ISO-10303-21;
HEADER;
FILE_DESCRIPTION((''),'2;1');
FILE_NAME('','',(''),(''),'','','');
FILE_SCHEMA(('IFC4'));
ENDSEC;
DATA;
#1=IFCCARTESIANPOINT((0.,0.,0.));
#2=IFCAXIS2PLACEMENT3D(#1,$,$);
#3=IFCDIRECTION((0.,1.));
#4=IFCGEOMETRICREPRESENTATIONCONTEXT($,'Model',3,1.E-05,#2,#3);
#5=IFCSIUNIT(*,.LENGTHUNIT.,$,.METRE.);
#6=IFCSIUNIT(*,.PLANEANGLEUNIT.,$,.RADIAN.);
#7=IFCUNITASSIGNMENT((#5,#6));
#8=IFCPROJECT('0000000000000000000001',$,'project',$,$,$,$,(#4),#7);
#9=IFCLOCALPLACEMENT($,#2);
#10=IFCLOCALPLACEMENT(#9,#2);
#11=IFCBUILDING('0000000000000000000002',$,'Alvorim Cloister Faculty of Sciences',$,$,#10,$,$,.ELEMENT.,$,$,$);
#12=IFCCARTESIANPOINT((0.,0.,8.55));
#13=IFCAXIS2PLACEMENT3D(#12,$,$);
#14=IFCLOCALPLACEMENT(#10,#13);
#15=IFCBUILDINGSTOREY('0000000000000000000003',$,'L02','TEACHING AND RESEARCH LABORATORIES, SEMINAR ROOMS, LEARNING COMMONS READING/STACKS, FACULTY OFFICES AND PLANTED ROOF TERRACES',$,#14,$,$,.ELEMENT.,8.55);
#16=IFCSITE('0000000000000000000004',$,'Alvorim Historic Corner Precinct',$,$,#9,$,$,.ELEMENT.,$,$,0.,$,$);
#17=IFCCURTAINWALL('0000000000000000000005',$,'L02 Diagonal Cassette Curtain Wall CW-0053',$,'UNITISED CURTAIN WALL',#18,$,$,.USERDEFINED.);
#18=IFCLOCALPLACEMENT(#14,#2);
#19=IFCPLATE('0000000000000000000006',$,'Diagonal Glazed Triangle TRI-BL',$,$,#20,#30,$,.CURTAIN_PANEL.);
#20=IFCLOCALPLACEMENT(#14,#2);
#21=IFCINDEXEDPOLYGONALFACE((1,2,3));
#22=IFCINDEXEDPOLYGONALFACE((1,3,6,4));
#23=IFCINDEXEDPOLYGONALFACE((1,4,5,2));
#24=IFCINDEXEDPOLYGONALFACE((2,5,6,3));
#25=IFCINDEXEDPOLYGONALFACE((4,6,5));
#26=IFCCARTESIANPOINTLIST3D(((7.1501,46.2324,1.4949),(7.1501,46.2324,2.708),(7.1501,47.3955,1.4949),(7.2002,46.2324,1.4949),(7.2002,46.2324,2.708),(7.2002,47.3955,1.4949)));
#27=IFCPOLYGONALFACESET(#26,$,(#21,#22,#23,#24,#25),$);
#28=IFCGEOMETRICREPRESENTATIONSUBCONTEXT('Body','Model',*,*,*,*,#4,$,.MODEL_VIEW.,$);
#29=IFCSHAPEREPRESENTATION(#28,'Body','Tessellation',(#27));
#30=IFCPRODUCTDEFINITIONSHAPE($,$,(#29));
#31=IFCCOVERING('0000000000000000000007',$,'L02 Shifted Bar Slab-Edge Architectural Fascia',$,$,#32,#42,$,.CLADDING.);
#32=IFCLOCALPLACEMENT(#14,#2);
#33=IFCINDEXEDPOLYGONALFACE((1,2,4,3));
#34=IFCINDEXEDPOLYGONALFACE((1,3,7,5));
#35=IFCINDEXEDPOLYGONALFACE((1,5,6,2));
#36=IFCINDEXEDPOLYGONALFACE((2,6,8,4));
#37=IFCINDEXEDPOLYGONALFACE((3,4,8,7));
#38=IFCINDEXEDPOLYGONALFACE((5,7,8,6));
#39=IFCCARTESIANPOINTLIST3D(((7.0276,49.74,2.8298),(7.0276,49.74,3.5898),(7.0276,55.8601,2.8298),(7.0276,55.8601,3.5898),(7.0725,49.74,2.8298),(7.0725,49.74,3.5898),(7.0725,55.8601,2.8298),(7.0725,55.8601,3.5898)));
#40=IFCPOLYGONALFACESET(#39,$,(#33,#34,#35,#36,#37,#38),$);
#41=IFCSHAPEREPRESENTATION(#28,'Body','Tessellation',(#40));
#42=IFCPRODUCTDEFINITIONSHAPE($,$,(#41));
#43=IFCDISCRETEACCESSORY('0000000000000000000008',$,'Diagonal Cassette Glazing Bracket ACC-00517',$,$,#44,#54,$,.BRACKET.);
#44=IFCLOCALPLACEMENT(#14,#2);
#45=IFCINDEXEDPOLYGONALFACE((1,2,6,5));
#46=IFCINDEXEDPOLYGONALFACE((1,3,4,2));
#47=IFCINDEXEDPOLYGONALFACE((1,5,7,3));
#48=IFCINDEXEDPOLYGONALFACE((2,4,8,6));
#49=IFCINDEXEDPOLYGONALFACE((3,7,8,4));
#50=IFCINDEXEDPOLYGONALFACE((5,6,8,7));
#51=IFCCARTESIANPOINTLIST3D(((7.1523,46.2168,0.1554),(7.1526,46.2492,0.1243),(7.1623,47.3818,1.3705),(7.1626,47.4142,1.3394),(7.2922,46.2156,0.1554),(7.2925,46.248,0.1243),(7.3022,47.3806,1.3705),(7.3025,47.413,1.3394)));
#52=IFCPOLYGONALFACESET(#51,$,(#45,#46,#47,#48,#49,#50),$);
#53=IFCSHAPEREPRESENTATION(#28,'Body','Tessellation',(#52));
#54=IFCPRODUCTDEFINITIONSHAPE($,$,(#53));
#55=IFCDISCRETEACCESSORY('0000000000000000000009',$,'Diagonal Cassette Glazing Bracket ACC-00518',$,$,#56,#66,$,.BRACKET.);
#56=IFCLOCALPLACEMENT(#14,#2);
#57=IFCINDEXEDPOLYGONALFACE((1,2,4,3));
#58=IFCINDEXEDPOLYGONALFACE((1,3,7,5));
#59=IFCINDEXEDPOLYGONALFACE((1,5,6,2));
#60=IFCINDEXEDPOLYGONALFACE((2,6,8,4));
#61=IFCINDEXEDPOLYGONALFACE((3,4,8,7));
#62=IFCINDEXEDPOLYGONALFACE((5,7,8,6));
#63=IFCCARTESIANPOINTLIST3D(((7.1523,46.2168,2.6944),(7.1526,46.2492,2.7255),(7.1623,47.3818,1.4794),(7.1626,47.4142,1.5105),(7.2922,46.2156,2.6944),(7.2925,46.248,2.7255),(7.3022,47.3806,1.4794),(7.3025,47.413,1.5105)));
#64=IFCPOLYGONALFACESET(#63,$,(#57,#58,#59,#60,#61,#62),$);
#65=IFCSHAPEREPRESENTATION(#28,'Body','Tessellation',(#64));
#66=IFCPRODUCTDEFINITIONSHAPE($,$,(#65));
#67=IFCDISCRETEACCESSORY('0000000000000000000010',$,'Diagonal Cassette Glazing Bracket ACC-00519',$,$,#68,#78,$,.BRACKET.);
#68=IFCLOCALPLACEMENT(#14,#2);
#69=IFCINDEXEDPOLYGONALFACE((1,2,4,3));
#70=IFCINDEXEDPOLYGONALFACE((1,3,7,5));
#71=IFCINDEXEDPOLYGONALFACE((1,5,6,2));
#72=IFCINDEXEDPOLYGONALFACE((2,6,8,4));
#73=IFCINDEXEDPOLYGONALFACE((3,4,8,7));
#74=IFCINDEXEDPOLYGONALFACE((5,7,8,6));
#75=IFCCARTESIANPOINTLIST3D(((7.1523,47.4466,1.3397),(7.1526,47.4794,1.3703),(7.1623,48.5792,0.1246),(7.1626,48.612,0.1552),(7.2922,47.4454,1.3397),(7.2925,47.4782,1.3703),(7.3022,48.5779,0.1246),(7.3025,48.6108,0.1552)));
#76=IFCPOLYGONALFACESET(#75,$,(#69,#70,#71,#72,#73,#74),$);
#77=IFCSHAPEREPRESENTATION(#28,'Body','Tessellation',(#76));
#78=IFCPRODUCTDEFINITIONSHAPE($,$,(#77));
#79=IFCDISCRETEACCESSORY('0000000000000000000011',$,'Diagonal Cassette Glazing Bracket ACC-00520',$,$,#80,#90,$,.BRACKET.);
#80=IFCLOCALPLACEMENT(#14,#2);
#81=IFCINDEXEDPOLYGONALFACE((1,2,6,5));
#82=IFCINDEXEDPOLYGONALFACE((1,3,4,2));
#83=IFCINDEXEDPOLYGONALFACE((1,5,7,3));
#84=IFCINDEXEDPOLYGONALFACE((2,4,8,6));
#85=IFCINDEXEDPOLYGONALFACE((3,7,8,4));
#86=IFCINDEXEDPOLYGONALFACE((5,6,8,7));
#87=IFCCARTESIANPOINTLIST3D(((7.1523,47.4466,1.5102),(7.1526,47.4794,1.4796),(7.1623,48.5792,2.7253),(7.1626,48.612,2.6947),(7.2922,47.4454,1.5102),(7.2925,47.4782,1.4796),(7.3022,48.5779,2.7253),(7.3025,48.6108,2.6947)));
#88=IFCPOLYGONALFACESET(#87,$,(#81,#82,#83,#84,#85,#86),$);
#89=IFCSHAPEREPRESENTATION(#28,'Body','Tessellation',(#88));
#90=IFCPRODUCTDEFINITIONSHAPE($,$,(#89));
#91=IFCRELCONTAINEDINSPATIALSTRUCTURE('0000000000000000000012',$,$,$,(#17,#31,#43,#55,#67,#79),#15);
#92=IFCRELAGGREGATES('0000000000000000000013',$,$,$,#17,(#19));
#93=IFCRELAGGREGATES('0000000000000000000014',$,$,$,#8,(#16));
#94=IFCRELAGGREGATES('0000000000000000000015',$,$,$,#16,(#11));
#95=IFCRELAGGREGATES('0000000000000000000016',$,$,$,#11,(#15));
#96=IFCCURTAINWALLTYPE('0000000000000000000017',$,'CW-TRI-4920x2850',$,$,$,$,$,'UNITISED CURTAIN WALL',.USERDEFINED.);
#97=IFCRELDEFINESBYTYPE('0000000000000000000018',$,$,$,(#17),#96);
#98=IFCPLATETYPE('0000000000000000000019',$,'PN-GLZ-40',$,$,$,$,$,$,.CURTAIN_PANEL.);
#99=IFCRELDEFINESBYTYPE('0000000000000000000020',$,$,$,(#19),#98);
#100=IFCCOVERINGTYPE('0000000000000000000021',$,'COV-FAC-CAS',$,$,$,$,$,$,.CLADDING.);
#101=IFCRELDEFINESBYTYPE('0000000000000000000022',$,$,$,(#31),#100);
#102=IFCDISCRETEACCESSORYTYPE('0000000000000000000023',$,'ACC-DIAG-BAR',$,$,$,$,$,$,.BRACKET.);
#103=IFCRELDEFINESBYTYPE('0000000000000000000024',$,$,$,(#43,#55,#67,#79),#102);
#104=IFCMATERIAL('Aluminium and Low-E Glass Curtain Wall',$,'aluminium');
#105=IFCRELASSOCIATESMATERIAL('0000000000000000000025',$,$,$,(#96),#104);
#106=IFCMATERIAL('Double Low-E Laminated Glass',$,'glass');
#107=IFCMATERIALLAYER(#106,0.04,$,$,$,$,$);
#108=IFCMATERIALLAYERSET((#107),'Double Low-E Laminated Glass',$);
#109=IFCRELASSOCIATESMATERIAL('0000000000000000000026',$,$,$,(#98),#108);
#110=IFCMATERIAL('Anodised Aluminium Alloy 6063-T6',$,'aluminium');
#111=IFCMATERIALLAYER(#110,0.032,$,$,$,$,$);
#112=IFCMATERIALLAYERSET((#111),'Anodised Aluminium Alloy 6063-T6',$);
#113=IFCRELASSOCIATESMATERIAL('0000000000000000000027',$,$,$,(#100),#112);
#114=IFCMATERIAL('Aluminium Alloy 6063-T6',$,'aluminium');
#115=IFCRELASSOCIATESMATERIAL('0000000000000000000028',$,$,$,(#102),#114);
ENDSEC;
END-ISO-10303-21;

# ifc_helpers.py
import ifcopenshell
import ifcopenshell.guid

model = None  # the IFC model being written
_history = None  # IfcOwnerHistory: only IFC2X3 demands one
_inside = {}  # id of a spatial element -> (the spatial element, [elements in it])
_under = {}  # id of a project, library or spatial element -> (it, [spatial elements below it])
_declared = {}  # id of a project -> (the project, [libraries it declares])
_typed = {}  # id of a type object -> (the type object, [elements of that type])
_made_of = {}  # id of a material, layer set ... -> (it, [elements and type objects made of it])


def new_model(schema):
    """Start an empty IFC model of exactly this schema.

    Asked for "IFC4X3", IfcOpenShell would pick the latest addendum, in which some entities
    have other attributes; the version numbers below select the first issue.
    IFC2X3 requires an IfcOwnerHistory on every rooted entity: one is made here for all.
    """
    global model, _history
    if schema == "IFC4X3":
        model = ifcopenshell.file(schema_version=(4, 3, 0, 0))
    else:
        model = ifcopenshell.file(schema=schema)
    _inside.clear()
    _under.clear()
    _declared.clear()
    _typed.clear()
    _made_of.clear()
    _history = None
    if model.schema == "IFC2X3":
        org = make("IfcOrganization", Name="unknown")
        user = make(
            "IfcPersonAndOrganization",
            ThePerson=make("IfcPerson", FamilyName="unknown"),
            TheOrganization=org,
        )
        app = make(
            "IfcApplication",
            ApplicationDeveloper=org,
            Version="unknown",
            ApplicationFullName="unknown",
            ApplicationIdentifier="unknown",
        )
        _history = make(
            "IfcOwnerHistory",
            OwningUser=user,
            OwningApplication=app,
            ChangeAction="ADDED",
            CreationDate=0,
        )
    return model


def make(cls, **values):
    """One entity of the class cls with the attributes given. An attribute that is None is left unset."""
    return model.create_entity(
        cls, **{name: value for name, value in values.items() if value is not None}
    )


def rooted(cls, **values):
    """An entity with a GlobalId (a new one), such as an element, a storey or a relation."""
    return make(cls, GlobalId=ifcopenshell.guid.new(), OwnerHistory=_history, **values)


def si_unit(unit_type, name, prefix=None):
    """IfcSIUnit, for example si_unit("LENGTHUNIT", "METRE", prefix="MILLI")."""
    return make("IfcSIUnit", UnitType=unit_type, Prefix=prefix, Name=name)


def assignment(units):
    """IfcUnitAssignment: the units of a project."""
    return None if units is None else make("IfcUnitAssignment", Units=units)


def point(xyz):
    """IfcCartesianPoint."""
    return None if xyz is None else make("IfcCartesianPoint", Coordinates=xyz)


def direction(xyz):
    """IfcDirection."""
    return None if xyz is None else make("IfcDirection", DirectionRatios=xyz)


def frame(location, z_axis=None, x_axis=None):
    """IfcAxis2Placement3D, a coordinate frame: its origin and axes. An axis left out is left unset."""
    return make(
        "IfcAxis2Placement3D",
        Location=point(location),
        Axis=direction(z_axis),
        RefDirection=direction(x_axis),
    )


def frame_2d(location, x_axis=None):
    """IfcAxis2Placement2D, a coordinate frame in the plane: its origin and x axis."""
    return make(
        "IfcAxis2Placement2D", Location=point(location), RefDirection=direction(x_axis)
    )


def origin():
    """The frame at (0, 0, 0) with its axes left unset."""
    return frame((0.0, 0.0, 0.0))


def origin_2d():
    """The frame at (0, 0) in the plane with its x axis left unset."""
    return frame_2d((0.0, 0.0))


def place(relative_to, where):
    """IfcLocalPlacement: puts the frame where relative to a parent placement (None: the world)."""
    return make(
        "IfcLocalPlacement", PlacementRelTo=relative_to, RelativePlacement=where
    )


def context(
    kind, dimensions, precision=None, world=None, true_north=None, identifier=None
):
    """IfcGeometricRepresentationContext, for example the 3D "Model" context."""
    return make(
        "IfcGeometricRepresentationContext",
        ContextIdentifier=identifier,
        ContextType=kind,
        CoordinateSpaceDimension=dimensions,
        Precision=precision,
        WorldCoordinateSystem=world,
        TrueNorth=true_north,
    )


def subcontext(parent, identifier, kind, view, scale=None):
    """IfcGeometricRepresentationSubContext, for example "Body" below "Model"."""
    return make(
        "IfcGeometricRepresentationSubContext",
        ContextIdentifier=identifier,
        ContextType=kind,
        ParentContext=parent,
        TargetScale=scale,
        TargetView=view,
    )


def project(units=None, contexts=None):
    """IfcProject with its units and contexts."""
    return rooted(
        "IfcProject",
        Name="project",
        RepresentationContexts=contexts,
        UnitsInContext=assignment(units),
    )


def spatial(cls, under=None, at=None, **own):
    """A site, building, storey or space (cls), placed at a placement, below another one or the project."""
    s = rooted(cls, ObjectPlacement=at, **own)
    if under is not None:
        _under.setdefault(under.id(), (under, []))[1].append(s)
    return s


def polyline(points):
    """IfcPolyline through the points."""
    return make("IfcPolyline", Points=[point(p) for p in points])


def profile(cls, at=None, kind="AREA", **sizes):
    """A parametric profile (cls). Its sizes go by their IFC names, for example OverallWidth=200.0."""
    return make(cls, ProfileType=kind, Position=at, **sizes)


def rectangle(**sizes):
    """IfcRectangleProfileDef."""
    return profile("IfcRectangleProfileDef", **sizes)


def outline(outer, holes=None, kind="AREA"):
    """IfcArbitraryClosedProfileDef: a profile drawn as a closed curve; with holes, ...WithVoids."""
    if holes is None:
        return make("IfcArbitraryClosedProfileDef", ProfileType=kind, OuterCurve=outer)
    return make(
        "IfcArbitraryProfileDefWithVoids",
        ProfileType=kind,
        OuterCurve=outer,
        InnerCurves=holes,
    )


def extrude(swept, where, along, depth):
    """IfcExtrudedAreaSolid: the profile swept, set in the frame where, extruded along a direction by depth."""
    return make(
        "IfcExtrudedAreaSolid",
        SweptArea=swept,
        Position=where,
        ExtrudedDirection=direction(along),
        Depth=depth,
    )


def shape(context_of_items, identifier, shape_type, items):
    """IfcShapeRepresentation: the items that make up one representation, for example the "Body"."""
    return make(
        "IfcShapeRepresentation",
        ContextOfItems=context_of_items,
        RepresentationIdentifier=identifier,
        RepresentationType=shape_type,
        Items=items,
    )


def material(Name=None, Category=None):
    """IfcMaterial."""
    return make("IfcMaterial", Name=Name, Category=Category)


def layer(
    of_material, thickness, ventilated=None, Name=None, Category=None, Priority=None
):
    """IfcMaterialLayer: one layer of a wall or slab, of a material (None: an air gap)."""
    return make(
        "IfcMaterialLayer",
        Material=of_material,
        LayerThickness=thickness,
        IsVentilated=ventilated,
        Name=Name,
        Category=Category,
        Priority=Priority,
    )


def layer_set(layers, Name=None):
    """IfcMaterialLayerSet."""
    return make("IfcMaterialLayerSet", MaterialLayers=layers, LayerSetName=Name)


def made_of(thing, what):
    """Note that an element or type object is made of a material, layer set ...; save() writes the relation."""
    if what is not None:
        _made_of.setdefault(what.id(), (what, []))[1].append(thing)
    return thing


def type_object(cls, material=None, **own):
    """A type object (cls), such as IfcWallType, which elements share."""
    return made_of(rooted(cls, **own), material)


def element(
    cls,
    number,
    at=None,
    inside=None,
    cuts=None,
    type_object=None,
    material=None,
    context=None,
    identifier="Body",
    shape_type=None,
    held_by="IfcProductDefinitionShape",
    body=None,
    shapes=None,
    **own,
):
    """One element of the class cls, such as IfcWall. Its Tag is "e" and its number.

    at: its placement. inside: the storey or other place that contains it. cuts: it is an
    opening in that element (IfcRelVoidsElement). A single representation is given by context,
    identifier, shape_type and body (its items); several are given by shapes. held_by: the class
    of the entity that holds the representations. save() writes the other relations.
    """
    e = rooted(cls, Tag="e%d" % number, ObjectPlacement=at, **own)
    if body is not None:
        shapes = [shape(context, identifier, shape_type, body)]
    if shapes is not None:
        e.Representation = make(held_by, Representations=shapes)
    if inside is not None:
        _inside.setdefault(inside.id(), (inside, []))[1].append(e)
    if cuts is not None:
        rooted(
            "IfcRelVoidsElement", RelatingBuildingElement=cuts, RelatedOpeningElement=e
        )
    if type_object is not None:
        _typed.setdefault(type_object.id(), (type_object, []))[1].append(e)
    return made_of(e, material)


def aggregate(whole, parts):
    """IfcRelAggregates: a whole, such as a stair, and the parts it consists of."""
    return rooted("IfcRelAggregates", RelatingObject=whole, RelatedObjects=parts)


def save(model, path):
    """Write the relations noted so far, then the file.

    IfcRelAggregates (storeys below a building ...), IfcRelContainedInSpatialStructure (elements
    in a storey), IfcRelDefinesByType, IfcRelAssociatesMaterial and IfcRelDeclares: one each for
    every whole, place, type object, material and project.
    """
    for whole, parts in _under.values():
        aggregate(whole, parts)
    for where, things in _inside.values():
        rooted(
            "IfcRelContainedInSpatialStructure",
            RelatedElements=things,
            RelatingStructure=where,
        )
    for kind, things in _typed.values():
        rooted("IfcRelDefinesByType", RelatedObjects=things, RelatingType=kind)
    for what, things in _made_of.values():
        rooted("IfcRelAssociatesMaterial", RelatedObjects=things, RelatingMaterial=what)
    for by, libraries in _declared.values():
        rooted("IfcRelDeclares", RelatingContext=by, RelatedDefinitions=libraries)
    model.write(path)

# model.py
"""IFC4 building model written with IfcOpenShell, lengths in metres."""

from ifc_helpers import new_model, si_unit, direction, frame, origin, origin_2d, place, context, subcontext, project, spatial, polyline, rectangle, outline, extrude, material, layer, layer_set, type_object, element, aggregate, save


model = new_model("IFC4")

# Units and contexts
model_context = context("Model", 3, precision=1e-05, world=origin(), true_north=direction((0.0, 1.0)))
body_context = subcontext(model_context, "Body", "Model", "MODEL_VIEW")
ifc_project = project(units=[si_unit("LENGTHUNIT", "METRE"), si_unit("PLANEANGLEUNIT", "RADIAN")], contexts=[model_context])

# Site, building, storey
site_placement = place(None, origin())
site = spatial("IfcSite", under=ifc_project, at=site_placement, Name="Alvorim Historic Corner Precinct", CompositionType="ELEMENT", RefElevation=0.0)
building_placement = place(site_placement, origin())
building = spatial("IfcBuilding", under=site, at=building_placement, Name="Alvorim Cloister Faculty of Sciences", CompositionType="ELEMENT")
storey_placement = place(building_placement, frame((0.0, 0.0, 8.55)))
storey = spatial("IfcBuildingStorey", under=building, at=storey_placement, Name="L02", Description="TEACHING AND RESEARCH LABORATORIES, SEMINAR ROOMS, LEARNING COMMONS READING/STACKS, FACULTY OFFICES AND PLANTED ROOF TERRACES", CompositionType="ELEMENT", Elevation=8.55)

# Curtain wall
ifc_material_1 = material(Name="Aluminium and Low-E Glass Curtain Wall", Category="aluminium")
curtain_wall_type_1 = type_object("IfcCurtainWallType", Name="CW-TRI-4920x2850", ElementType="UNITISED CURTAIN WALL", PredefinedType="USERDEFINED", material=ifc_material_1)
curtain_wall_1_placement = place(storey_placement, origin())
curtain_wall_1 = element("IfcCurtainWall", 1, at=curtain_wall_1_placement, inside=storey, type_object=curtain_wall_type_1, Name="L02 Diagonal Cassette Curtain Wall CW-0053", ObjectType="UNITISED CURTAIN WALL", PredefinedType="USERDEFINED")
ifc_material_2 = material(Name="Aluminium Alloy 6063-T6", Category="aluminium")

# Plate
ifc_material_3 = material(Name="Double Low-E Laminated Glass", Category="glass")
ifc_layer_1 = layer(ifc_material_3, 0.04)
ifc_layer_set_1 = layer_set([ifc_layer_1], Name="Double Low-E Laminated Glass")
plate_type = type_object("IfcPlateType", Name="PN-GLZ-40", PredefinedType="CURTAIN_PANEL", material=ifc_layer_set_1)
plate_1_placement = place(storey_placement, frame((7.175, 46.2324, 1.4949), z_axis=(0.0, 0.0, 1.0), x_axis=(0.0, 1.0, 0.0)))
plate_1 = element("IfcPlate", 2, at=plate_1_placement, type_object=plate_type, Name="Diagonal Glazed Triangle TRI-BL", PredefinedType="CURTAIN_PANEL", context=body_context, shape_type="SweptSolid", body=[
    extrude(outline(polyline([(0.0, 0.0), (1.1631, 0.0), (0.0, 1.2131), (0.0, 0.0)])), frame((0.0, 0.0249, 0.0), z_axis=(0.0, -1.0, 0.0), x_axis=(1.0, 0.0, 0.0)), (0.0, 0.0, 1.0), 0.05),
])
aggregate(curtain_wall_1, [plate_1])

# Covering
ifc_material_4 = material(Name="Anodised Aluminium Alloy 6063-T6", Category="aluminium")
ifc_layer_2 = layer(ifc_material_4, 0.032)
ifc_layer_set_2 = layer_set([ifc_layer_2], Name="Anodised Aluminium Alloy 6063-T6")
covering_type = type_object("IfcCoveringType", Name="COV-FAC-CAS", PredefinedType="CLADDING", material=ifc_layer_set_2)
covering_placement = place(storey_placement, frame((7.05, 49.74, 2.8298), z_axis=(0.0, 0.0, 1.0), x_axis=(0.0, 1.0, 0.0)))
element("IfcCovering", 3, at=covering_placement, inside=storey, type_object=covering_type, Name="L02 Shifted Bar Slab-Edge Architectural Fascia", PredefinedType="CLADDING", context=body_context, shape_type="SweptSolid", body=[
    extrude(outline(polyline([(0.0, 0.0), (6.1201, 0.0), (6.1201, 0.76), (0.0, 0.76), (0.0, 0.0)])), frame((0.0, 0.0225, 0.0), z_axis=(0.0, -1.0, 0.0), x_axis=(1.0, 0.0, 0.0)), (0.0, 0.0, 1.0), 0.0449),
])

# Discrete accessories
discrete_accessory_type = type_object("IfcDiscreteAccessoryType", Name="ACC-DIAG-BAR", PredefinedType="BRACKET", material=ifc_material_2)
for number, where, z_axis, x_axis, name in (
    (4, (7.2224, 46.2324, 0.1399), (0.005946, 0.692073, 0.721803), (-0.999963, 0.008591, 0.0), "Diagonal Cassette Glazing Bracket ACC-00517"),
    (5, (7.2224, 46.2324, 2.71), (0.005946, 0.692073, -0.721803), (-0.999963, 0.008591, 0.0), "Diagonal Cassette Glazing Bracket ACC-00518"),
):
    element("IfcDiscreteAccessory", number, at=place(storey_placement, frame(where, z_axis=z_axis, x_axis=x_axis)), inside=storey, type_object=discrete_accessory_type, Name=name, PredefinedType="BRACKET", context=body_context, shape_type="SweptSolid", body=[
        extrude(rectangle(XDim=0.1399, YDim=0.0449, at=origin_2d()), origin(), (0.0, 0.0, 1.0), 1.6833),
    ])
for number, where, z_axis, x_axis, name in (
    (6, (7.2224, 47.4624, 1.355), (0.006026, 0.681819, -0.731496), (-0.999961, 0.008838, 0.0), "Diagonal Cassette Glazing Bracket ACC-00519"),
    (7, (7.2224, 47.4624, 1.4949), (0.006026, 0.681819, 0.731496), (-0.999961, 0.008838, 0.0), "Diagonal Cassette Glazing Bracket ACC-00520"),
):
    element("IfcDiscreteAccessory", number, at=place(storey_placement, frame(where, z_axis=z_axis, x_axis=x_axis)), inside=storey, type_object=discrete_accessory_type, Name=name, PredefinedType="BRACKET", context=body_context, shape_type="SweptSolid", body=[
        extrude(rectangle(XDim=0.1399, YDim=0.0449, at=origin_2d()), origin(), (0.0, 0.0, 1.0), 1.6611),
    ])

save(model, "model.ifc")
